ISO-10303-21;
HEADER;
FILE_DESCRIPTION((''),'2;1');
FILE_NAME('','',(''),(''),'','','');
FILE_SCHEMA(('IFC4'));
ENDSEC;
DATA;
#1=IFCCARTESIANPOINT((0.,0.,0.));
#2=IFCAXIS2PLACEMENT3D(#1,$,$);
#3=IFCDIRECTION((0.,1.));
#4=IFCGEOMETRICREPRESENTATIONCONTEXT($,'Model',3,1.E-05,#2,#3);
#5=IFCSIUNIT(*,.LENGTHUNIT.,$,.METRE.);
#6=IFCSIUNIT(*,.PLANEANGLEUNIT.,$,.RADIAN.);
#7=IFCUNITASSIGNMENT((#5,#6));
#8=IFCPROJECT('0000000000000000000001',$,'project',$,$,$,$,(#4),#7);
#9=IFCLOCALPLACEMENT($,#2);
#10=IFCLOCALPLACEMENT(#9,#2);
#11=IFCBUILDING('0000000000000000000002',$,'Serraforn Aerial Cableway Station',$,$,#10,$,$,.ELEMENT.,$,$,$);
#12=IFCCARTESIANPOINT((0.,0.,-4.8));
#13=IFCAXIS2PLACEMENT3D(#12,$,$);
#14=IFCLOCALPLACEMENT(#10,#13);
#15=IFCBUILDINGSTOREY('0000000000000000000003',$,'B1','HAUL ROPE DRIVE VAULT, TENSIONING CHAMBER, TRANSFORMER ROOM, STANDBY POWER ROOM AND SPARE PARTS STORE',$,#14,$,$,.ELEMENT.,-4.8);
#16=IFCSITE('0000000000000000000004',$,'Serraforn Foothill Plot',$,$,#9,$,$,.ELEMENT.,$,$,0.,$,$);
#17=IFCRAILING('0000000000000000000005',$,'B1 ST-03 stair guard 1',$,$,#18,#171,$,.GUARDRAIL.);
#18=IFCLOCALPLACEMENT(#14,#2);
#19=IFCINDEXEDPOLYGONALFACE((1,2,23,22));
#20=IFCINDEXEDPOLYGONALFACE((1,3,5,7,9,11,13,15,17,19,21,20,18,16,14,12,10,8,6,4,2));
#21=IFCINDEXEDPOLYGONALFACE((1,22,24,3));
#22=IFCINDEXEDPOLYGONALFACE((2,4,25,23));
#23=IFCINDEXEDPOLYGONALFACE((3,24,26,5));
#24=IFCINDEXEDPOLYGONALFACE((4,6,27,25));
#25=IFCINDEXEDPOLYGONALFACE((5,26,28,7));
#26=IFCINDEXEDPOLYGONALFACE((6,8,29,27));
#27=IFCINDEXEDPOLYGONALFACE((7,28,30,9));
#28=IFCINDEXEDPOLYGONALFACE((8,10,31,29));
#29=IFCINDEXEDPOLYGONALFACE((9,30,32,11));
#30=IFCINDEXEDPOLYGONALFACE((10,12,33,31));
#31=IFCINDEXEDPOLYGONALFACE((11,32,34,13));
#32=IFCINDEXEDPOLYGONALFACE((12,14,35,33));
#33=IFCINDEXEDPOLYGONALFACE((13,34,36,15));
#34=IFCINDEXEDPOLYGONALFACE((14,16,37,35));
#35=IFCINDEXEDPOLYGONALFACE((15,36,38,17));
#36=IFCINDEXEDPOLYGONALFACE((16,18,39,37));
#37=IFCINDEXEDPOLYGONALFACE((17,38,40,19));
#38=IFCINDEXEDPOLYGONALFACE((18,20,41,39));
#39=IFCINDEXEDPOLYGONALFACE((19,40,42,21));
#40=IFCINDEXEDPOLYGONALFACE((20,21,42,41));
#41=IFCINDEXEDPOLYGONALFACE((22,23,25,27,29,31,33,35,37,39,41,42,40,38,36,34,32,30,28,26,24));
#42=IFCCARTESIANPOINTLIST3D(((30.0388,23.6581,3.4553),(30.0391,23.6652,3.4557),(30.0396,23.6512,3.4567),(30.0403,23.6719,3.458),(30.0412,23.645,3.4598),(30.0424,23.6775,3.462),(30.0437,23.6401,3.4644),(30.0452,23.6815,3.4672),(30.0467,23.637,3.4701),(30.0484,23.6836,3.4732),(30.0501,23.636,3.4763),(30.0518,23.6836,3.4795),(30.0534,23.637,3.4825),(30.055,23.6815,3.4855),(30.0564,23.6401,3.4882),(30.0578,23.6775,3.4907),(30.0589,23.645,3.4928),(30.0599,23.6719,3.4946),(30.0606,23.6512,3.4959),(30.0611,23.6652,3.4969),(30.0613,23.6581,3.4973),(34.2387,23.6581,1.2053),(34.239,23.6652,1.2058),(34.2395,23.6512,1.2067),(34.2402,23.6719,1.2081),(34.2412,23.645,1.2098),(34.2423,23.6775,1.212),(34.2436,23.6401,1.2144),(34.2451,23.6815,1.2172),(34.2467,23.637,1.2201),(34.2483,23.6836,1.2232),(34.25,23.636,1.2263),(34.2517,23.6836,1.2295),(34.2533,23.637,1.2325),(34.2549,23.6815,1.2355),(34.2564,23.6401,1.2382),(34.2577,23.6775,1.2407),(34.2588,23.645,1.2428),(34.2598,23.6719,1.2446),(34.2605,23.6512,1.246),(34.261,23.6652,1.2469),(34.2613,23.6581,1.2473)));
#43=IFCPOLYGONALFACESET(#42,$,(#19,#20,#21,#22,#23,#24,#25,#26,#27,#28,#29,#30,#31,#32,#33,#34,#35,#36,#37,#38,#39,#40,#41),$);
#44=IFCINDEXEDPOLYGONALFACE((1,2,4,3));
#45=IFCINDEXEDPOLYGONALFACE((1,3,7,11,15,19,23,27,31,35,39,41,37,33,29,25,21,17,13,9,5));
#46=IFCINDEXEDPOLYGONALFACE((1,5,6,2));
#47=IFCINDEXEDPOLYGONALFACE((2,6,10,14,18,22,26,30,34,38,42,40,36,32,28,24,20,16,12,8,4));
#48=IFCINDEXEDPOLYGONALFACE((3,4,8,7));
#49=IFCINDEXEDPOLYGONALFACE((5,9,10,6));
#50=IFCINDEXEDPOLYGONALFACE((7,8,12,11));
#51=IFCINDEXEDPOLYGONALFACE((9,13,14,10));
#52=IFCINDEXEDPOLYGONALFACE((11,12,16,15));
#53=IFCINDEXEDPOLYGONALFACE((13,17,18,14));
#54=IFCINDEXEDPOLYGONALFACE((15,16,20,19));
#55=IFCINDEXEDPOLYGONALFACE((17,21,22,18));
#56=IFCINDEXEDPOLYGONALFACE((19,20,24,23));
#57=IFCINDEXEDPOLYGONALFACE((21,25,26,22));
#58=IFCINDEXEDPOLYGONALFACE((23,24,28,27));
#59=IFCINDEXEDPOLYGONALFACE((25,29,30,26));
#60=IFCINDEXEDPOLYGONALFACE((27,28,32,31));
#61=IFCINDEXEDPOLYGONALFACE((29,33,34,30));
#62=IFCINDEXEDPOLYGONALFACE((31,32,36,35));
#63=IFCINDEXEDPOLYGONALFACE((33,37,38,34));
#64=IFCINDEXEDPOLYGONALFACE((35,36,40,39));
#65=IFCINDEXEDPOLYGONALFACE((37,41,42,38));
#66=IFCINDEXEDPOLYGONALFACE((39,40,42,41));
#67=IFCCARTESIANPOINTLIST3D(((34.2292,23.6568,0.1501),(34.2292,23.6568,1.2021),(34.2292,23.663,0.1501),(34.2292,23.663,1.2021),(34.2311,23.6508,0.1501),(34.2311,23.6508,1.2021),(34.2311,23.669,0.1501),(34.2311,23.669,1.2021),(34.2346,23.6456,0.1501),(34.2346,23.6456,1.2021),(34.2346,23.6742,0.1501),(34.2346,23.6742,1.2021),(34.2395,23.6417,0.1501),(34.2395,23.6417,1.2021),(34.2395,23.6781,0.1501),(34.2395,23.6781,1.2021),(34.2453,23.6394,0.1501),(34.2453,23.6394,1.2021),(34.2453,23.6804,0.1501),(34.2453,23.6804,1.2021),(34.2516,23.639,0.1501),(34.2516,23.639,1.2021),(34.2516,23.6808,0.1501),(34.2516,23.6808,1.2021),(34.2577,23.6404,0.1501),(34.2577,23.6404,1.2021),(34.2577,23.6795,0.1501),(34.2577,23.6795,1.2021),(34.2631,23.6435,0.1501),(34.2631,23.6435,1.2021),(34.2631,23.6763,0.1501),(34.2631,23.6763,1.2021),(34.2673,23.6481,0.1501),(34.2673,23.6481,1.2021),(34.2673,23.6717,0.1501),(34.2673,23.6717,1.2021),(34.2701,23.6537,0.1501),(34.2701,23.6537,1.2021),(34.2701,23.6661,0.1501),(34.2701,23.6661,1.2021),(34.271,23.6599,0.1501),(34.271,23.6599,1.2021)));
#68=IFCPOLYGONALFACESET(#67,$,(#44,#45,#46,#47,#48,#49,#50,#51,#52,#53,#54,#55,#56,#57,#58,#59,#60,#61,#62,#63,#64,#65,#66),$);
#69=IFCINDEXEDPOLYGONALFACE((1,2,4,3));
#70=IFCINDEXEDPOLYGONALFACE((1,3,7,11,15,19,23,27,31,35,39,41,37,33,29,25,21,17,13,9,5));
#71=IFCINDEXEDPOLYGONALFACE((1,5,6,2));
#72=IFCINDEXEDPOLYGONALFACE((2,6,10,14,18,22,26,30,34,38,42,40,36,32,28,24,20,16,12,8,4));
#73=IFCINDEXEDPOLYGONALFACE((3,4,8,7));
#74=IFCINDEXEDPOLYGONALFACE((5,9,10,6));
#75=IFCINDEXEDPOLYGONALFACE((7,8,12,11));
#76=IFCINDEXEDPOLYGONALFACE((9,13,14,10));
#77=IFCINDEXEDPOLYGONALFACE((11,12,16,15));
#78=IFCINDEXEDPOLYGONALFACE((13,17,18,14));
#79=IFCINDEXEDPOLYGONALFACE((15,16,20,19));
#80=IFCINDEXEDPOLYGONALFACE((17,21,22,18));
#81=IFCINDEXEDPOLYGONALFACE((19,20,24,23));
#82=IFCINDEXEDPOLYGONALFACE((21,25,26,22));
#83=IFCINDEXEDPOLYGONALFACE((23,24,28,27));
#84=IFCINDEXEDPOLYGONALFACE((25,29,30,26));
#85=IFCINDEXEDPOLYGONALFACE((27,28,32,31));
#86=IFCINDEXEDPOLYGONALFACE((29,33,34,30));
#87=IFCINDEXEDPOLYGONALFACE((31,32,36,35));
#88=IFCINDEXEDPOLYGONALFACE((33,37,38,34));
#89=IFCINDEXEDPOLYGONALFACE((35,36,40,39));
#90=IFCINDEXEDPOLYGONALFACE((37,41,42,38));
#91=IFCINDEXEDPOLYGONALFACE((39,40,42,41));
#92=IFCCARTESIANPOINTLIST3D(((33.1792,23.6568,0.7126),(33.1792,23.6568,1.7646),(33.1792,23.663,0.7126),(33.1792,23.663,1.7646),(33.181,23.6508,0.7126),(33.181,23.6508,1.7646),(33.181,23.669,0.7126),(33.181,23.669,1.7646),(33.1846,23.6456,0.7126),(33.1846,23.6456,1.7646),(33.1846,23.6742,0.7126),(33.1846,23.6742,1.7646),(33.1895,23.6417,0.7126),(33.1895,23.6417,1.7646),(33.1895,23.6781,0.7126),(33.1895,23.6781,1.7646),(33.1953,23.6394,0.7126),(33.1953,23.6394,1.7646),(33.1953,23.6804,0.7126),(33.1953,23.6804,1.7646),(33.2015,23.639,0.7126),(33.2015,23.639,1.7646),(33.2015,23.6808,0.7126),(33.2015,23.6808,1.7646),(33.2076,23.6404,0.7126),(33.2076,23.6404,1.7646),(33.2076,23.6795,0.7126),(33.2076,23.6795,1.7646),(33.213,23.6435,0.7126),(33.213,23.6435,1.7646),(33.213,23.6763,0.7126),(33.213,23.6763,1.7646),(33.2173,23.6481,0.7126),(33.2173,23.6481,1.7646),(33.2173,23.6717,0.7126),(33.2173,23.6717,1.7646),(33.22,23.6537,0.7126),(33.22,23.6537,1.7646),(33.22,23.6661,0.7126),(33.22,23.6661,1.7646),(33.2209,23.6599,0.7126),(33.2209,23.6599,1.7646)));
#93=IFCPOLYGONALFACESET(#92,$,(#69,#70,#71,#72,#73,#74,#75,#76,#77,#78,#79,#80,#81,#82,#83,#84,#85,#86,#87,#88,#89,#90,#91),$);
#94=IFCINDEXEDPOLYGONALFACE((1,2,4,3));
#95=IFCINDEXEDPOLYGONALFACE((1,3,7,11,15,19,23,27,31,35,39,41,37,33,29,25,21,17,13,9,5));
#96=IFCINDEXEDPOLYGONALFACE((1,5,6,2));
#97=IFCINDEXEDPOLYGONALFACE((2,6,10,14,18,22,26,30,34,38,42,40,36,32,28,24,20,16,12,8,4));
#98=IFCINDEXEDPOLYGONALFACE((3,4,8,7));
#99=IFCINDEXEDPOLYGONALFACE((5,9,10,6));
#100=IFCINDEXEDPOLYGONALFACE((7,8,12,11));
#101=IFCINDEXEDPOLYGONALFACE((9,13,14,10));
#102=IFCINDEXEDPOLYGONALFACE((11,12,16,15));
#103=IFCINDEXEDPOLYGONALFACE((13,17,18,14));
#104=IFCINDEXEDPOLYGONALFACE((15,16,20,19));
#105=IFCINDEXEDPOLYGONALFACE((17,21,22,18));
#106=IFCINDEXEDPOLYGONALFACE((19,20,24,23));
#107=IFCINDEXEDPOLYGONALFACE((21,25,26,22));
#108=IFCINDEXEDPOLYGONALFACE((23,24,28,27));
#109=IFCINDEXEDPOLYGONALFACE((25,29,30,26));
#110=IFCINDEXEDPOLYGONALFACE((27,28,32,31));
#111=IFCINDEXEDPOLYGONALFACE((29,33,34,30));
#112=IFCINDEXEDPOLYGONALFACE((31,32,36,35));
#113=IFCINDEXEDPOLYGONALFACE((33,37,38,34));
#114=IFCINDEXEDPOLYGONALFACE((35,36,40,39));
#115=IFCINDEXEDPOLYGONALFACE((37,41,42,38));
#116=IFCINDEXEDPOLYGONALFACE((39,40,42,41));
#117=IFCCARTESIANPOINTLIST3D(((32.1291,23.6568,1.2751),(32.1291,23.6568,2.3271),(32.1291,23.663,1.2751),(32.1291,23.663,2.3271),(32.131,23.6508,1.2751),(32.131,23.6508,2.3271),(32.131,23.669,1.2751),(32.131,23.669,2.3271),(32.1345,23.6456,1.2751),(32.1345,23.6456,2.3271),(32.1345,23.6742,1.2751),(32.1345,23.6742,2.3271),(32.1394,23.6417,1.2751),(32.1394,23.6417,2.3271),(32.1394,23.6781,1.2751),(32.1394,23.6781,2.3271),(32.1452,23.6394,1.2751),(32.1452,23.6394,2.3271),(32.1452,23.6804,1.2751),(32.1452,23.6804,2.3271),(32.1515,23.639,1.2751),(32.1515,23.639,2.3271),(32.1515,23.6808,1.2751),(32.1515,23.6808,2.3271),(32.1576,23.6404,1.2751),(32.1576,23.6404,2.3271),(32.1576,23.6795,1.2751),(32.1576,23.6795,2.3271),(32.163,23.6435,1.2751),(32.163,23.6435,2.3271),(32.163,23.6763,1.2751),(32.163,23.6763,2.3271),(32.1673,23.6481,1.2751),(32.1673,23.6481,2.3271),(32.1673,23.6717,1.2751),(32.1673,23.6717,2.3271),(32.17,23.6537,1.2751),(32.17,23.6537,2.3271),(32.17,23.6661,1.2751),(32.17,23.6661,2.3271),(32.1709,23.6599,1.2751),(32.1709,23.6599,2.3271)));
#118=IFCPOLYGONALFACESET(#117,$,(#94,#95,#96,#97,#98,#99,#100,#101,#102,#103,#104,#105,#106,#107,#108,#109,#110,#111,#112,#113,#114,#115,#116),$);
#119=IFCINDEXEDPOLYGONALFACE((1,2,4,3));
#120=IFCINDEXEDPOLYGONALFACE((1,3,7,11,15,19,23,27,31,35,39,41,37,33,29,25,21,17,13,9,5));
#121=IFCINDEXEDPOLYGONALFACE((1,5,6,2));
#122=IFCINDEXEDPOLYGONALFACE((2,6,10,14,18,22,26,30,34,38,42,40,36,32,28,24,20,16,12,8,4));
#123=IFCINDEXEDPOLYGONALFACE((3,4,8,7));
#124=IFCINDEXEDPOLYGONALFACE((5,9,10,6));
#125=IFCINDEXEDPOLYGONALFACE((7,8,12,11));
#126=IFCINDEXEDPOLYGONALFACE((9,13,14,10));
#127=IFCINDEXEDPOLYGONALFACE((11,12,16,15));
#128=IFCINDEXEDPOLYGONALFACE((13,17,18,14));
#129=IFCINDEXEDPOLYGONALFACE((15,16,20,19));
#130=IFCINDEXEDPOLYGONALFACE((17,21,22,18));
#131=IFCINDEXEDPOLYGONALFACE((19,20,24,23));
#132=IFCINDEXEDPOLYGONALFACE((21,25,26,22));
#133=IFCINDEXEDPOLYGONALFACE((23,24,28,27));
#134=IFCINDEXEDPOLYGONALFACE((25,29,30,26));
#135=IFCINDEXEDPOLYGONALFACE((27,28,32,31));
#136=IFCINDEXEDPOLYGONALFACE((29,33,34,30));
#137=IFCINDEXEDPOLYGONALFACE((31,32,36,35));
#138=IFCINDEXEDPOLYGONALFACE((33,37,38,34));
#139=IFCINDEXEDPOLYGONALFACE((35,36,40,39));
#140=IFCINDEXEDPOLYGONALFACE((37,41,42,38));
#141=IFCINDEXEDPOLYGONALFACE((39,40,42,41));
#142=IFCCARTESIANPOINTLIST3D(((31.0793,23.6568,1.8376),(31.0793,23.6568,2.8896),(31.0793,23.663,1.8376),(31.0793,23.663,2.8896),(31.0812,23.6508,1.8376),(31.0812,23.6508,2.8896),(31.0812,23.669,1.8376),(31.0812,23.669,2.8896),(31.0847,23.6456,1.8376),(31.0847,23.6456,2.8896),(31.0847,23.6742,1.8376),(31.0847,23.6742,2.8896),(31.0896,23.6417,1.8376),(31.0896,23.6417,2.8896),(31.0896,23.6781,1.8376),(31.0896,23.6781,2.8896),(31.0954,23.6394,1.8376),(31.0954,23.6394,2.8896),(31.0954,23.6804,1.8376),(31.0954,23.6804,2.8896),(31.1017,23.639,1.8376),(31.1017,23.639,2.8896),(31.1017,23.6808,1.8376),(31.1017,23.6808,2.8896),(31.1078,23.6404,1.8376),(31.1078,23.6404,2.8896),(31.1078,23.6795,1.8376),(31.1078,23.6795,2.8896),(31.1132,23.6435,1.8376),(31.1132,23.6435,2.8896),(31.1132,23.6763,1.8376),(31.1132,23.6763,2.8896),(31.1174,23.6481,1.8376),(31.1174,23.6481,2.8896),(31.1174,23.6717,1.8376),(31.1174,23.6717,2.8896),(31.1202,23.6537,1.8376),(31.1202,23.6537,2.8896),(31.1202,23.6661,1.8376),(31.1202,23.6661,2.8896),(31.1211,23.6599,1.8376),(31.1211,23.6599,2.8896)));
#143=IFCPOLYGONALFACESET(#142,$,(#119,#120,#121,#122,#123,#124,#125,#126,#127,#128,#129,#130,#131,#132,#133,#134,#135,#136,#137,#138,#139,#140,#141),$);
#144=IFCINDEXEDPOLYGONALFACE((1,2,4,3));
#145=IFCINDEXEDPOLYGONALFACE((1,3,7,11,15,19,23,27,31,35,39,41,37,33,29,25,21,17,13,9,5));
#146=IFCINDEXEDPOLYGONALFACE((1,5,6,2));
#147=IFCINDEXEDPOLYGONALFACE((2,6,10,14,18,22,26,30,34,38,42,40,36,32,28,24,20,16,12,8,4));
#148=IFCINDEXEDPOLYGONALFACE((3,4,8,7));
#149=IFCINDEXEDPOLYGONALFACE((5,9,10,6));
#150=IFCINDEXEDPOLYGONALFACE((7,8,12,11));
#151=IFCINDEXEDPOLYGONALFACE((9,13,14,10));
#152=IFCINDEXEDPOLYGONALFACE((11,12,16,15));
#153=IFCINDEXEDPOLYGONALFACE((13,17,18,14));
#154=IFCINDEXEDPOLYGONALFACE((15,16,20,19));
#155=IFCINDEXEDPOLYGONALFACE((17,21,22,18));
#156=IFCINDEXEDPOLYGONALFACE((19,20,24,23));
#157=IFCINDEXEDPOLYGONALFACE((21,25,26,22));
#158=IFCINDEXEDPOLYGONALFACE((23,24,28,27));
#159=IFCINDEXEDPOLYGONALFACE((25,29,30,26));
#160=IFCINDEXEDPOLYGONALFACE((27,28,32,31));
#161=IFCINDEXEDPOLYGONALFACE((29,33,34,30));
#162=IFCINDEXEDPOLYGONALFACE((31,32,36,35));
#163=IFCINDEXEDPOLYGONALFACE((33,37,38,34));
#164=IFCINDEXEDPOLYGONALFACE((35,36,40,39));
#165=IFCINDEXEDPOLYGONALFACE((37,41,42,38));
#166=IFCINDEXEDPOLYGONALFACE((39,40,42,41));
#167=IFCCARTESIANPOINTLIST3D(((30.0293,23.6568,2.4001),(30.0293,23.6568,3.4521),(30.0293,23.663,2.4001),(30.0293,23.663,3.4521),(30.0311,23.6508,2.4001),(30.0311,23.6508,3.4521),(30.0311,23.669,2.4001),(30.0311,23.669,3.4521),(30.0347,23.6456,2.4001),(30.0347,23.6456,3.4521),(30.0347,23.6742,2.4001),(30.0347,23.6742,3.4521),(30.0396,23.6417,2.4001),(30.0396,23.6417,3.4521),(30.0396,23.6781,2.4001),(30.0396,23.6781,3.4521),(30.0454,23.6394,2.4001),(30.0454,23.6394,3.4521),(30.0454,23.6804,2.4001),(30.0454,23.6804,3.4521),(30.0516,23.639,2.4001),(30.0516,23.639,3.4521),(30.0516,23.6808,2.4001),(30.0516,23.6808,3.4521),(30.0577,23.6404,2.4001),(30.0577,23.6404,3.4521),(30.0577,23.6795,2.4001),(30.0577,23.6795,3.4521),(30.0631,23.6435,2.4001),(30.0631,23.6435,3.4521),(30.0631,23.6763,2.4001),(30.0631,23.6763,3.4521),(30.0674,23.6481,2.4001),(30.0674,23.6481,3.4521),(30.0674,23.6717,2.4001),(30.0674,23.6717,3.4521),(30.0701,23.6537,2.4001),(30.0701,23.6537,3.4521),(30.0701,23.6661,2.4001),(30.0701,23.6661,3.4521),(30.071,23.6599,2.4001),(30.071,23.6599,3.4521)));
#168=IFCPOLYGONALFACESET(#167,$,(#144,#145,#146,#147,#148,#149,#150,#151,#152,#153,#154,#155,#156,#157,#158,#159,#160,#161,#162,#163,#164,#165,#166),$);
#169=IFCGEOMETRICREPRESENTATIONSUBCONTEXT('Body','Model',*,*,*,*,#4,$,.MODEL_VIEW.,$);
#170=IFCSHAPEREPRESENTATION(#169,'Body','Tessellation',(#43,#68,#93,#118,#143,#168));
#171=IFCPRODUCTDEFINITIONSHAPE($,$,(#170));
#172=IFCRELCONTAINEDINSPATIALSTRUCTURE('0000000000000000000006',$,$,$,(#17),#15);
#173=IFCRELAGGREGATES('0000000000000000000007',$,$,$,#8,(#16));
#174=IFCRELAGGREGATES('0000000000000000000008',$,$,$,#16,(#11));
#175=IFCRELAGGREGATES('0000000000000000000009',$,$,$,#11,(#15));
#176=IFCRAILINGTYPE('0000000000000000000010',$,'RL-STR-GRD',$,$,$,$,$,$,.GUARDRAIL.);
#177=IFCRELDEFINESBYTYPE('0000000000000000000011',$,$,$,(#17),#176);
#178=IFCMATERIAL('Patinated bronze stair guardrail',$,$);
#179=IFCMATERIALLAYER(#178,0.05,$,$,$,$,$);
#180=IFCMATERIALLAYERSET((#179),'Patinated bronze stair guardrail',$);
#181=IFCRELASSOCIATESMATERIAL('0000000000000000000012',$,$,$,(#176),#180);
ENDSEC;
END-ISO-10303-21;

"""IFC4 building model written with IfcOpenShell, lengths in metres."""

from ifc_helpers import new_model, si_unit, direction, frame, origin, origin_2d, place, context, subcontext, project, spatial, circle, extrude, material, layer, layer_set, type_object, element, save


model = new_model("IFC4")

# Units and contexts
model_context = context("Model", 3, precision=1e-05, world=origin(), true_north=direction((0.0, 1.0)))
body_context = subcontext(model_context, "Body", "Model", "MODEL_VIEW")
ifc_project = project(units=[si_unit("LENGTHUNIT", "METRE"), si_unit("PLANEANGLEUNIT", "RADIAN")], contexts=[model_context])

# Site, building, storey
site_placement = place(None, origin())
site = spatial("IfcSite", under=ifc_project, at=site_placement, Name="Serraforn Foothill Plot", CompositionType="ELEMENT", RefElevation=0.0)
building_placement = place(site_placement, origin())
building = spatial("IfcBuilding", under=site, at=building_placement, Name="Serraforn Aerial Cableway Station", CompositionType="ELEMENT")
storey_placement = place(building_placement, frame((0.0, 0.0, -4.8)))
storey = spatial("IfcBuildingStorey", under=building, at=storey_placement, Name="B1", Description="HAUL ROPE DRIVE VAULT, TENSIONING CHAMBER, TRANSFORMER ROOM, STANDBY POWER ROOM AND SPARE PARTS STORE", CompositionType="ELEMENT", Elevation=-4.8)

# Railing
ifc_material_1 = material(Name="Patinated bronze stair guardrail")
ifc_layer_1 = layer(ifc_material_1, 0.05)
ifc_layer_set_1 = layer_set([ifc_layer_1], Name="Patinated bronze stair guardrail")
railing_type_1 = type_object("IfcRailingType", Name="RL-STR-GRD", PredefinedType="GUARDRAIL", material=ifc_layer_set_1)
railing_1_placement = place(storey_placement, frame((34.25, 23.6599, 0.1501)))
element("IfcRailing", 1, at=railing_1_placement, inside=storey, type_object=railing_type_1, Name="B1 ST-03 stair guard 1", PredefinedType="GUARDRAIL", context=body_context, shape_type="SweptSolid", body=[
    extrude(circle(Radius=0.0239, at=origin_2d()), frame((0.0, 0.0, 1.0762), z_axis=(-0.881478, 0.0, 0.472226), x_axis=(0.0, -1.0, 0.0)), (0.0, 0.0, 1.0), 4.7646),
    extrude(circle(Radius=0.021, at=origin_2d()), origin(), (0.0, 0.0, 1.0), 1.052),
    extrude(circle(Radius=0.021, at=origin_2d()), frame((-1.05, 0.0, 0.5625)), (0.0, 0.0, 1.0), 1.052),
    extrude(circle(Radius=0.021, at=origin_2d()), frame((-2.1001, 0.0, 1.125)), (0.0, 0.0, 1.0), 1.052),
    extrude(circle(Radius=0.021, at=origin_2d()), frame((-3.1499, 0.0, 1.6875)), (0.0, 0.0, 1.0), 1.052),
    extrude(circle(Radius=0.021, at=origin_2d()), frame((-4.2, 0.0, 2.25)), (0.0, 0.0, 1.0), 1.052),
])

save(model, "model.ifc")
